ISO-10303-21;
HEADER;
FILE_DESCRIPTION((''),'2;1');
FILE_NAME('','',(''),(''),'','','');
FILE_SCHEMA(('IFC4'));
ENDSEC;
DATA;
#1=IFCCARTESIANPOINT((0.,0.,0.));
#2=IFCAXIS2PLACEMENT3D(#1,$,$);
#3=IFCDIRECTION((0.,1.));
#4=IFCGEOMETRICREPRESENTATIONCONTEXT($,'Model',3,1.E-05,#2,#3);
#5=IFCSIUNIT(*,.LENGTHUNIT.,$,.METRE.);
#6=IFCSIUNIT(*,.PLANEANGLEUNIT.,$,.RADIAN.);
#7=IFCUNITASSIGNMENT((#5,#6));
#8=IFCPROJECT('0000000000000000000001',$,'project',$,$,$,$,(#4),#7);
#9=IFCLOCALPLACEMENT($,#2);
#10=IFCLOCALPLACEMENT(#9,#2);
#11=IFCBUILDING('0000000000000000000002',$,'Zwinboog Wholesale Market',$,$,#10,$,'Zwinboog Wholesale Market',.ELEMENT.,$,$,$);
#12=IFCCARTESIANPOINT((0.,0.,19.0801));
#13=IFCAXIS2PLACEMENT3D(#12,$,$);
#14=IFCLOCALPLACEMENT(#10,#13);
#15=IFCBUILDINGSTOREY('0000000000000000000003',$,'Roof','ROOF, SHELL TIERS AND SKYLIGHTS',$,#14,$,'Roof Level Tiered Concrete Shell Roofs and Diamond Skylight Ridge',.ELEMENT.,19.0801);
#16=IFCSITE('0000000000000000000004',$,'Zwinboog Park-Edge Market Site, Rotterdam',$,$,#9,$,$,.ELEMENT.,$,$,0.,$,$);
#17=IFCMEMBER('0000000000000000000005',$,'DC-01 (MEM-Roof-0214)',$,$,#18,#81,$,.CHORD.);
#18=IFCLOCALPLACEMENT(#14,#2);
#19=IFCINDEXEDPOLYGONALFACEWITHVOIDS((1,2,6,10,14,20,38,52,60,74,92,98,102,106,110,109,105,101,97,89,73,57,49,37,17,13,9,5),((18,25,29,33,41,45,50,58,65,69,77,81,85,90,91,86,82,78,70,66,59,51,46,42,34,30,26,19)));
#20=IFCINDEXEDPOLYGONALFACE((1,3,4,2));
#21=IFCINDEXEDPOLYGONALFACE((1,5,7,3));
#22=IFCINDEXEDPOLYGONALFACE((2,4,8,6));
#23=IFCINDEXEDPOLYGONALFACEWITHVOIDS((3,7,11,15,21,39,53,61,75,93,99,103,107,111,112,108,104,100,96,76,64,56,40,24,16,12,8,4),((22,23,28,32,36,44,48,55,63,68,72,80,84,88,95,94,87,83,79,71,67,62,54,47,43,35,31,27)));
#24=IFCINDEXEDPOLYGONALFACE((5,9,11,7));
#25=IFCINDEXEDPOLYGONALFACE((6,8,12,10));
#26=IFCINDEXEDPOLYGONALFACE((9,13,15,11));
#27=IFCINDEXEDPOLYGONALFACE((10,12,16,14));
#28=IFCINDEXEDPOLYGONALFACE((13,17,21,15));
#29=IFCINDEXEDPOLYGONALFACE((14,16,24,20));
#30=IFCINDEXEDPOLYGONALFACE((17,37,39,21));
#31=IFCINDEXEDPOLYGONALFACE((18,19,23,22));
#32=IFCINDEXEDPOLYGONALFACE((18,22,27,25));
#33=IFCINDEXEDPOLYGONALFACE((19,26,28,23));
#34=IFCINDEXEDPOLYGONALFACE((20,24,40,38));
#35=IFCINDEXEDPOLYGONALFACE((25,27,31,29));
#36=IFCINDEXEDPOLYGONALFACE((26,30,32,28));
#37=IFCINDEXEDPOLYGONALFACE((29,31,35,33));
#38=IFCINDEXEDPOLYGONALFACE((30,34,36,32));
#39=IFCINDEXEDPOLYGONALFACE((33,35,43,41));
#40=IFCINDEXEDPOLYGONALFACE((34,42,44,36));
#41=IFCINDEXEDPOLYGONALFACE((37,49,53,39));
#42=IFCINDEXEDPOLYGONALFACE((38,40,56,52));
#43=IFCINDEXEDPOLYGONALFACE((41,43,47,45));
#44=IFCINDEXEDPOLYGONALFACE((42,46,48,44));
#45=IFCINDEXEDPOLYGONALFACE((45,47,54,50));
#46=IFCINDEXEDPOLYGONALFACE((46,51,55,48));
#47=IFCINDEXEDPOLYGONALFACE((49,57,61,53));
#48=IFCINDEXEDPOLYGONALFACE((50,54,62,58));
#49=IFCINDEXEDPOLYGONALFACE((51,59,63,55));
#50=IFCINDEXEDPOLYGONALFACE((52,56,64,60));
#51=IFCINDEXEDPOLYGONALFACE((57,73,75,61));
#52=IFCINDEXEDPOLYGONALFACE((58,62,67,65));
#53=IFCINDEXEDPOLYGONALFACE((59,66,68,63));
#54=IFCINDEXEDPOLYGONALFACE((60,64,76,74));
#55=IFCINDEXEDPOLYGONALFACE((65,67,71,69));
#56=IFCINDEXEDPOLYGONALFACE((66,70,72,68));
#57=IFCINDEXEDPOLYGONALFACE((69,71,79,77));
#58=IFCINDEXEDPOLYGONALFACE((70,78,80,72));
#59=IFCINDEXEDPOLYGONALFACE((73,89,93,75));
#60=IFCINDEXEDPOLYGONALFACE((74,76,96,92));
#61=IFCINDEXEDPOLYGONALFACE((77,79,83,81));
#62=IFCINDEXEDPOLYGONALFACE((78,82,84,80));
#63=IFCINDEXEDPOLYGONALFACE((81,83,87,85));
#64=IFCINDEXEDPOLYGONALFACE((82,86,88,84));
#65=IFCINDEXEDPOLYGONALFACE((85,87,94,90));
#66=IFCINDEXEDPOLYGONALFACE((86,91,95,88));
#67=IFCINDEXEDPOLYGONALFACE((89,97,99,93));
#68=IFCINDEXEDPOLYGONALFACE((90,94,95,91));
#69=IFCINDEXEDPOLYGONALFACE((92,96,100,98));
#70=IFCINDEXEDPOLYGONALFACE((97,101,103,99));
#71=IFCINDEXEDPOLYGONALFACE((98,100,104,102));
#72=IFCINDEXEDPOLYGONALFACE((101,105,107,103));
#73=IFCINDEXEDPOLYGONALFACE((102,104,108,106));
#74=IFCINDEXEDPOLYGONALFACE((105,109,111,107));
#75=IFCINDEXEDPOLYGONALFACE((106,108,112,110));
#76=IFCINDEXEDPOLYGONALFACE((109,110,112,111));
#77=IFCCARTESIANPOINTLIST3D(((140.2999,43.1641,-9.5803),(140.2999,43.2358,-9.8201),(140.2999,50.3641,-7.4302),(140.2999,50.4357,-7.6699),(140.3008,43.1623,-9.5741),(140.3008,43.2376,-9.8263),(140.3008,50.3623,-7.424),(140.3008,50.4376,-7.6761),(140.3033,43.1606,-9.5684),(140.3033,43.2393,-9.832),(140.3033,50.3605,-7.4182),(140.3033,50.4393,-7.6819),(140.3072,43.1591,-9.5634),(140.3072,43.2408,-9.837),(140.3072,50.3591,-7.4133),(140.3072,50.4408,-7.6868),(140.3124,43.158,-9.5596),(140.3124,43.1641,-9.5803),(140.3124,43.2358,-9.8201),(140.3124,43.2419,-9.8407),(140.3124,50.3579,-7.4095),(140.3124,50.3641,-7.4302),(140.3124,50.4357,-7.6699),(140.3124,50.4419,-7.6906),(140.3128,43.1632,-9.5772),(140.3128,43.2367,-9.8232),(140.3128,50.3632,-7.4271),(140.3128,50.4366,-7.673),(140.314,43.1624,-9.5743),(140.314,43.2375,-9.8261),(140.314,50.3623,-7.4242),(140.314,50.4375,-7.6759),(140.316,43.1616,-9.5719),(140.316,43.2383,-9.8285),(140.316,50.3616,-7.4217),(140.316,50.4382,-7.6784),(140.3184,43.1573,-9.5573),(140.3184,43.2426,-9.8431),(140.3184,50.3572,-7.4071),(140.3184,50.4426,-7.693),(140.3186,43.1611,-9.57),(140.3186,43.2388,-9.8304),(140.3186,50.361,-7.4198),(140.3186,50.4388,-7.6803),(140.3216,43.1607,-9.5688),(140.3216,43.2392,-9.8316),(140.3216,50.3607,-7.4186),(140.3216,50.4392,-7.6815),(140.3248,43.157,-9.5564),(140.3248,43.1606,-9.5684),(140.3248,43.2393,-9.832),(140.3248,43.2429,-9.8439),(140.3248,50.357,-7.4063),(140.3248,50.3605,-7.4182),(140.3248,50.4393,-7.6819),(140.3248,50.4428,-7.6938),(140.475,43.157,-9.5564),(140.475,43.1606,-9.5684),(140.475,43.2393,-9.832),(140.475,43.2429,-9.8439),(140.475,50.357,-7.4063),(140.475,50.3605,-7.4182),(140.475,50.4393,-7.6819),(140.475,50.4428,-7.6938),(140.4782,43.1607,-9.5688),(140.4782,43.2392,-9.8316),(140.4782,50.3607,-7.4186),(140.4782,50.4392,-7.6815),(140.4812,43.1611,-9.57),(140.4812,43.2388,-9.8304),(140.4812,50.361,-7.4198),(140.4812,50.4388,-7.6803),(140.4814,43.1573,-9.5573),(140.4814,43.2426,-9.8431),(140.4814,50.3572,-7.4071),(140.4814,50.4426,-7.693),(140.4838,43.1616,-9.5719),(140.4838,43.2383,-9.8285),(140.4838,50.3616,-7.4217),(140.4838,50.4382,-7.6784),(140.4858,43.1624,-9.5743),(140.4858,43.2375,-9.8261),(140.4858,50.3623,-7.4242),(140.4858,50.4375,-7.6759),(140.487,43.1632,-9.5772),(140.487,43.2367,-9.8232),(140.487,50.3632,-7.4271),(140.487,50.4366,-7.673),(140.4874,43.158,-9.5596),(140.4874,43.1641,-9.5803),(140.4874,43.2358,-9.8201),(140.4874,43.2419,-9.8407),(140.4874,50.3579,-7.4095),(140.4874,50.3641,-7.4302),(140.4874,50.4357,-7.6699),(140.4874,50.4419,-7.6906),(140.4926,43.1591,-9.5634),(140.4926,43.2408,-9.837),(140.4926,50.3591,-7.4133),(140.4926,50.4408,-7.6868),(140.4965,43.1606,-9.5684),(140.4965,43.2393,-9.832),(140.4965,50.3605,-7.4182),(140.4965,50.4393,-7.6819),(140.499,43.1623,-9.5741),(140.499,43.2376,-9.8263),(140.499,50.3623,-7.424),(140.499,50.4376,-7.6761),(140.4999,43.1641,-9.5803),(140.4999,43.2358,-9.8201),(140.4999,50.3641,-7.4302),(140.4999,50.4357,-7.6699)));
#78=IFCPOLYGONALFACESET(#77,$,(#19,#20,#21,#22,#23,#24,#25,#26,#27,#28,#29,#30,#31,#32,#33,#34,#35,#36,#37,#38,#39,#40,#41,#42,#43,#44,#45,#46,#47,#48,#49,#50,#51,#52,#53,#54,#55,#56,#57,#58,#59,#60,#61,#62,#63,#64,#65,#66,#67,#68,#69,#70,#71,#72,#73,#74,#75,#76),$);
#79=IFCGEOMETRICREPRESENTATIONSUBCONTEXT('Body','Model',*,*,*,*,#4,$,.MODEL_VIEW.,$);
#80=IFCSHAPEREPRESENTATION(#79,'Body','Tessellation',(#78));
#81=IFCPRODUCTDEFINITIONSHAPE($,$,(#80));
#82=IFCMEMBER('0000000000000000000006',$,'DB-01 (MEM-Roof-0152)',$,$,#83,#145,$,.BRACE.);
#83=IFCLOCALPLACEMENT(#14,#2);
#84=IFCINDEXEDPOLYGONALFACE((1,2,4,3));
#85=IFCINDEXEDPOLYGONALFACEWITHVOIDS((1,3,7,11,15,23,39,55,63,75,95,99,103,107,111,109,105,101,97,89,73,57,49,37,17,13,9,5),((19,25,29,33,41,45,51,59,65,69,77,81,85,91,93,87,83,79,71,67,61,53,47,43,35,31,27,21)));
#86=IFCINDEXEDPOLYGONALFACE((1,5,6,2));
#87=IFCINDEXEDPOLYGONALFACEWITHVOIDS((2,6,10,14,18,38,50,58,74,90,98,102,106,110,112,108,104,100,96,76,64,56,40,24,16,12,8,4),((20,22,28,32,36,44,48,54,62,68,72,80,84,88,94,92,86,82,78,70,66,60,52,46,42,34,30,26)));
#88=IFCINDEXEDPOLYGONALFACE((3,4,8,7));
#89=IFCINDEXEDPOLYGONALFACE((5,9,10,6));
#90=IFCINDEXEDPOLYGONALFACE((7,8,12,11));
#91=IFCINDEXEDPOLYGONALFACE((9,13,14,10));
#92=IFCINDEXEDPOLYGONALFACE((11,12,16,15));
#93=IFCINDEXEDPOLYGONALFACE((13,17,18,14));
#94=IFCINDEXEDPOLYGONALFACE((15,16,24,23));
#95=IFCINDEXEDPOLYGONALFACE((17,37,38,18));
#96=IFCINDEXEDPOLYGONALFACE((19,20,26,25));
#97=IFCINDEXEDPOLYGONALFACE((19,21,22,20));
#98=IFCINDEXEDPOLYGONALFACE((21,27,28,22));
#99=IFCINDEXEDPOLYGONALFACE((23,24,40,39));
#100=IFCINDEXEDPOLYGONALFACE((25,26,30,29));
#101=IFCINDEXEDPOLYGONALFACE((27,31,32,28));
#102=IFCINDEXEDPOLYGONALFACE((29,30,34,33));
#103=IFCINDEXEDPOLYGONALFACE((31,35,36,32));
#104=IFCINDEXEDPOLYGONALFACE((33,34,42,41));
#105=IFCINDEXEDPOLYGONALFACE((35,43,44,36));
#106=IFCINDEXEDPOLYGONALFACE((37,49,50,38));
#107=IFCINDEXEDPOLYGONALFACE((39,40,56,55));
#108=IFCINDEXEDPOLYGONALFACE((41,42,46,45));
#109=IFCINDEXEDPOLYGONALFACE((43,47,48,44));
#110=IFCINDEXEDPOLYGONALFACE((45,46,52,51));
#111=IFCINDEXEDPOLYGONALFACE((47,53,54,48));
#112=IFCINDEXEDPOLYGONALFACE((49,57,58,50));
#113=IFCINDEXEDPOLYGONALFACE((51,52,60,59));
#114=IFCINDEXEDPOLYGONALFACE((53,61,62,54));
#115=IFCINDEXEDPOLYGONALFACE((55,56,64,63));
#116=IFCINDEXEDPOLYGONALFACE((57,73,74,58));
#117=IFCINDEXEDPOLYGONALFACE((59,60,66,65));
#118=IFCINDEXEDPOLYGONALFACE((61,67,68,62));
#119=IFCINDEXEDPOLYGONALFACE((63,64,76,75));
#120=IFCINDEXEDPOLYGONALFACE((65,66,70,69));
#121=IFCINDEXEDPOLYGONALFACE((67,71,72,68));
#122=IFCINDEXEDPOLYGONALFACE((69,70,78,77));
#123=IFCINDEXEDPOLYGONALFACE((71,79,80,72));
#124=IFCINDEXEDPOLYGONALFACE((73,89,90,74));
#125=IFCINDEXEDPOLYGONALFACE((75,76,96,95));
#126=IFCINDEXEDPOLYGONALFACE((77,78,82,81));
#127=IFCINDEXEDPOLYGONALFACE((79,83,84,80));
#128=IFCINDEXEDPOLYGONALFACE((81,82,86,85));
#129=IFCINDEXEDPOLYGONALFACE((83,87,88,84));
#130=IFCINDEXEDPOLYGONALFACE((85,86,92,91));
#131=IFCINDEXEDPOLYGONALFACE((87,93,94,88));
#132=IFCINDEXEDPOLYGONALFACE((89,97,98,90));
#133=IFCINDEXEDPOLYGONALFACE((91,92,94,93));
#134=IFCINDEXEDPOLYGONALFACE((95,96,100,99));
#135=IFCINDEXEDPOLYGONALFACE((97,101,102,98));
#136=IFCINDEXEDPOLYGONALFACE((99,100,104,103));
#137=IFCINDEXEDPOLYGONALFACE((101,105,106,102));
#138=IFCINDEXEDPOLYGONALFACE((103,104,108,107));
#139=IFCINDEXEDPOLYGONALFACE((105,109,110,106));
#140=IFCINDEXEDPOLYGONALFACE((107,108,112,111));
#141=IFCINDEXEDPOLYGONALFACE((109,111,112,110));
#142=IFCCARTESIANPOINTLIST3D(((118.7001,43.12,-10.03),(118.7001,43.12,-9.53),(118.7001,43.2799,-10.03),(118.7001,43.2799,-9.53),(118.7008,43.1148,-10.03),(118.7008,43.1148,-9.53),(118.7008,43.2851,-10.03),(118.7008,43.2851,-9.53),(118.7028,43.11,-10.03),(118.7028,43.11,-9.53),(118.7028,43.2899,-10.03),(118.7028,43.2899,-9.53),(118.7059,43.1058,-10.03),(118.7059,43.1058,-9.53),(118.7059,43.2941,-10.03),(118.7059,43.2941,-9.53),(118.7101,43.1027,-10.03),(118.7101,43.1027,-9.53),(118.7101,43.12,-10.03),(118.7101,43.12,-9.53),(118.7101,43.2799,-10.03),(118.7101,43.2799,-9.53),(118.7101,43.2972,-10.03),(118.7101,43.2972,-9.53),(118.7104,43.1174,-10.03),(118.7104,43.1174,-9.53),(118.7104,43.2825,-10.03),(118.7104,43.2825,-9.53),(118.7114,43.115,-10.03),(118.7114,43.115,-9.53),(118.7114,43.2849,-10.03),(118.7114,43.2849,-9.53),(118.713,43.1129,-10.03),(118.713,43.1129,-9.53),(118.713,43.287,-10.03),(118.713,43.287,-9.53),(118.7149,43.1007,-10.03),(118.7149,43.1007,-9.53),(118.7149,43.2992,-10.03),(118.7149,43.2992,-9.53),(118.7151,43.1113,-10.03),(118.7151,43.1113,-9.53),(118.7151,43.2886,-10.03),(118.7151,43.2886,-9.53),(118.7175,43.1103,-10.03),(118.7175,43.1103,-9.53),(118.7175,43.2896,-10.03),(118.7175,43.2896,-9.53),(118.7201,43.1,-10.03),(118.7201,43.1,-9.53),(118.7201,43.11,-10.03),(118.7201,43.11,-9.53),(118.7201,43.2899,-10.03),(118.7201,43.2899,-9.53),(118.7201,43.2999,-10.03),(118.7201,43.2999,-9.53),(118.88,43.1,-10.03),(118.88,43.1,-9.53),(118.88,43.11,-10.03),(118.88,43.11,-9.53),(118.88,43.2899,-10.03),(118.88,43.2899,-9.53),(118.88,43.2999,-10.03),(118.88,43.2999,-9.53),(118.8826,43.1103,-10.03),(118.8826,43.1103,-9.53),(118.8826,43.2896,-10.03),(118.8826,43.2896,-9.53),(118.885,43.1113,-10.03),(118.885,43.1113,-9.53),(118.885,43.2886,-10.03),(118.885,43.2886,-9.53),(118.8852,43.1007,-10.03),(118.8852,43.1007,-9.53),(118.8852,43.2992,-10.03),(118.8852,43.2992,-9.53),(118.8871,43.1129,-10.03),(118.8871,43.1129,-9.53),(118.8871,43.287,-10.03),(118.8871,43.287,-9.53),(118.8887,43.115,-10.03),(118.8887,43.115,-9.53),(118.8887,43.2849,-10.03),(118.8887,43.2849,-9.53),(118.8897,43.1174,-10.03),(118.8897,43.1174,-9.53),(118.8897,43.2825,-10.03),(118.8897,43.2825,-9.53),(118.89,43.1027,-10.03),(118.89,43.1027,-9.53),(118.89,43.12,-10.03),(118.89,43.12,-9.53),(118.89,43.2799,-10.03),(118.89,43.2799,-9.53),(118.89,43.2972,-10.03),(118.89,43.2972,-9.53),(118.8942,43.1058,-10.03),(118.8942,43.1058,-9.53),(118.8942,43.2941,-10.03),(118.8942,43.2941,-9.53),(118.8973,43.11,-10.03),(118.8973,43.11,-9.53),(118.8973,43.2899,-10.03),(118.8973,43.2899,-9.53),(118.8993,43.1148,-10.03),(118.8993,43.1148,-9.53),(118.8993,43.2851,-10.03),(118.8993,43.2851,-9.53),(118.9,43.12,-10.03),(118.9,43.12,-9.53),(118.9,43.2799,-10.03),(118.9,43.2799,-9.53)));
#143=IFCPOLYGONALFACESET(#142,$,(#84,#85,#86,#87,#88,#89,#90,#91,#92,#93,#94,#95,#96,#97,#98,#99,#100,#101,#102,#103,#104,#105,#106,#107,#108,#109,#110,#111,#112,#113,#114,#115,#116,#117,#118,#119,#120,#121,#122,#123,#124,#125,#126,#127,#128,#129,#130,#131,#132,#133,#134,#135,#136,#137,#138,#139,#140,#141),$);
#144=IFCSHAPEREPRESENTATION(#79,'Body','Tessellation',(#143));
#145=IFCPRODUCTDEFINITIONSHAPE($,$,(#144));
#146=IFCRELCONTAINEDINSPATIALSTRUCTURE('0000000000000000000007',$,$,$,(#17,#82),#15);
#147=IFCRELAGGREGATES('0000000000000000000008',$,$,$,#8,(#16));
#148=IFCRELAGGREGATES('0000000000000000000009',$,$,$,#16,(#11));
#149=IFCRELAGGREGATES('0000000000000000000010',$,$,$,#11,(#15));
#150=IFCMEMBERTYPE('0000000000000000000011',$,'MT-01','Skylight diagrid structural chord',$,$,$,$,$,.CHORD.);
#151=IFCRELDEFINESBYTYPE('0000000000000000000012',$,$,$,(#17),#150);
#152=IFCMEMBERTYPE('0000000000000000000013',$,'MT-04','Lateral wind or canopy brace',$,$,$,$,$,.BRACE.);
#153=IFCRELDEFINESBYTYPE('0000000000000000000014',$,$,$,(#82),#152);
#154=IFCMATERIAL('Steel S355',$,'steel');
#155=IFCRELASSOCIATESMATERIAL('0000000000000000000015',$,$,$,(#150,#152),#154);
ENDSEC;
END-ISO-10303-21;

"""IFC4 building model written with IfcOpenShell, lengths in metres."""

from ifc_helpers import new_model, si_unit, direction, frame, origin, origin_2d, place, context, subcontext, project, spatial, hollow_rectangle, extrude, material, material_profile, profile_set, type_object, element, save


model = new_model("IFC4")

# Units and contexts
model_context = context("Model", 3, precision=1e-05, world=origin(), true_north=direction((0.0, 1.0)))
body_context = subcontext(model_context, "Body", "Model", "MODEL_VIEW")
ifc_project = project(units=[si_unit("LENGTHUNIT", "METRE"), si_unit("PLANEANGLEUNIT", "RADIAN")], contexts=[model_context])

# Site, building, storey
site_placement = place(None, origin())
site = spatial("IfcSite", under=ifc_project, at=site_placement, Name="Zwinboog Park-Edge Market Site, Rotterdam", CompositionType="ELEMENT", RefElevation=0.0)
building_placement = place(site_placement, origin())
building = spatial("IfcBuilding", under=site, at=building_placement, Name="Zwinboog Wholesale Market", LongName="Zwinboog Wholesale Market", CompositionType="ELEMENT")
storey_placement = place(building_placement, frame((0.0, 0.0, 19.0801)))
storey = spatial("IfcBuildingStorey", under=building, at=storey_placement, Name="Roof", Description="ROOF, SHELL TIERS AND SKYLIGHTS", LongName="Roof Level Tiered Concrete Shell Roofs and Diamond Skylight Ridge", CompositionType="ELEMENT", Elevation=19.0801)

# Members
ifc_material_1 = material(Name="Steel S355", Category="steel")
ifc_material_profile_1 = material_profile(ifc_material_1, hollow_rectangle(XDim=0.2, YDim=0.3, WallThickness=0.0125, InnerFilletRadius=0.0125, OuterFilletRadius=0.0249, at=origin_2d()), Name="RHS 300x200x12.5")
ifc_profile_set_1 = profile_set([ifc_material_profile_1], Name="Steel S355")
member_type_1 = type_object("IfcMemberType", Name="MT-01", Description="Skylight diagrid structural chord", PredefinedType="CHORD", material=ifc_profile_set_1)
member_1_placement = place(storey_placement, frame((140.3999, 43.2, -9.7002), z_axis=(0.0, 0.958186, 0.286146), x_axis=(-1.0, 0.0, 0.0)))
element("IfcMember", 1, at=member_1_placement, inside=storey, type_object=member_type_1, Name="DC-01 (MEM-Roof-0214)", PredefinedType="CHORD", context=body_context, shape_type="SweptSolid", body=[
    extrude(hollow_rectangle(XDim=0.2, YDim=0.3, WallThickness=0.0125, InnerFilletRadius=0.0125, OuterFilletRadius=0.0249, at=origin_2d()), origin(), (0.0, 0.0, 1.0), 7.5142),
])
ifc_material_profile_2 = material_profile(ifc_material_1, hollow_rectangle(XDim=0.2, YDim=0.2, WallThickness=0.01, InnerFilletRadius=0.01, OuterFilletRadius=0.02, at=origin_2d()), Name="SHS 200x200x10")
ifc_profile_set_2 = profile_set([ifc_material_profile_2], Name="Steel S355")
member_type_2 = type_object("IfcMemberType", Name="MT-04", Description="Lateral wind or canopy brace", PredefinedType="BRACE", material=ifc_profile_set_2)
for number, where, z_axis, x_axis, name in (
    (2, (118.8, 43.2, -10.03), (0.0, 0.0, 1.0), (1.0, 0.0, 0.0), "DB-01 (MEM-Roof-0152)"),
):
    element("IfcMember", number, at=place(storey_placement, frame(where, z_axis=z_axis, x_axis=x_axis)), inside=storey, type_object=member_type_2, Name=name, PredefinedType="BRACE", context=body_context, shape_type="SweptSolid", body=[
        extrude(hollow_rectangle(XDim=0.2, YDim=0.2, WallThickness=0.01, InnerFilletRadius=0.01, OuterFilletRadius=0.02, at=origin_2d()), origin(), (0.0, 0.0, 1.0), 0.5),
    ])

save(model, "model.ifc")
